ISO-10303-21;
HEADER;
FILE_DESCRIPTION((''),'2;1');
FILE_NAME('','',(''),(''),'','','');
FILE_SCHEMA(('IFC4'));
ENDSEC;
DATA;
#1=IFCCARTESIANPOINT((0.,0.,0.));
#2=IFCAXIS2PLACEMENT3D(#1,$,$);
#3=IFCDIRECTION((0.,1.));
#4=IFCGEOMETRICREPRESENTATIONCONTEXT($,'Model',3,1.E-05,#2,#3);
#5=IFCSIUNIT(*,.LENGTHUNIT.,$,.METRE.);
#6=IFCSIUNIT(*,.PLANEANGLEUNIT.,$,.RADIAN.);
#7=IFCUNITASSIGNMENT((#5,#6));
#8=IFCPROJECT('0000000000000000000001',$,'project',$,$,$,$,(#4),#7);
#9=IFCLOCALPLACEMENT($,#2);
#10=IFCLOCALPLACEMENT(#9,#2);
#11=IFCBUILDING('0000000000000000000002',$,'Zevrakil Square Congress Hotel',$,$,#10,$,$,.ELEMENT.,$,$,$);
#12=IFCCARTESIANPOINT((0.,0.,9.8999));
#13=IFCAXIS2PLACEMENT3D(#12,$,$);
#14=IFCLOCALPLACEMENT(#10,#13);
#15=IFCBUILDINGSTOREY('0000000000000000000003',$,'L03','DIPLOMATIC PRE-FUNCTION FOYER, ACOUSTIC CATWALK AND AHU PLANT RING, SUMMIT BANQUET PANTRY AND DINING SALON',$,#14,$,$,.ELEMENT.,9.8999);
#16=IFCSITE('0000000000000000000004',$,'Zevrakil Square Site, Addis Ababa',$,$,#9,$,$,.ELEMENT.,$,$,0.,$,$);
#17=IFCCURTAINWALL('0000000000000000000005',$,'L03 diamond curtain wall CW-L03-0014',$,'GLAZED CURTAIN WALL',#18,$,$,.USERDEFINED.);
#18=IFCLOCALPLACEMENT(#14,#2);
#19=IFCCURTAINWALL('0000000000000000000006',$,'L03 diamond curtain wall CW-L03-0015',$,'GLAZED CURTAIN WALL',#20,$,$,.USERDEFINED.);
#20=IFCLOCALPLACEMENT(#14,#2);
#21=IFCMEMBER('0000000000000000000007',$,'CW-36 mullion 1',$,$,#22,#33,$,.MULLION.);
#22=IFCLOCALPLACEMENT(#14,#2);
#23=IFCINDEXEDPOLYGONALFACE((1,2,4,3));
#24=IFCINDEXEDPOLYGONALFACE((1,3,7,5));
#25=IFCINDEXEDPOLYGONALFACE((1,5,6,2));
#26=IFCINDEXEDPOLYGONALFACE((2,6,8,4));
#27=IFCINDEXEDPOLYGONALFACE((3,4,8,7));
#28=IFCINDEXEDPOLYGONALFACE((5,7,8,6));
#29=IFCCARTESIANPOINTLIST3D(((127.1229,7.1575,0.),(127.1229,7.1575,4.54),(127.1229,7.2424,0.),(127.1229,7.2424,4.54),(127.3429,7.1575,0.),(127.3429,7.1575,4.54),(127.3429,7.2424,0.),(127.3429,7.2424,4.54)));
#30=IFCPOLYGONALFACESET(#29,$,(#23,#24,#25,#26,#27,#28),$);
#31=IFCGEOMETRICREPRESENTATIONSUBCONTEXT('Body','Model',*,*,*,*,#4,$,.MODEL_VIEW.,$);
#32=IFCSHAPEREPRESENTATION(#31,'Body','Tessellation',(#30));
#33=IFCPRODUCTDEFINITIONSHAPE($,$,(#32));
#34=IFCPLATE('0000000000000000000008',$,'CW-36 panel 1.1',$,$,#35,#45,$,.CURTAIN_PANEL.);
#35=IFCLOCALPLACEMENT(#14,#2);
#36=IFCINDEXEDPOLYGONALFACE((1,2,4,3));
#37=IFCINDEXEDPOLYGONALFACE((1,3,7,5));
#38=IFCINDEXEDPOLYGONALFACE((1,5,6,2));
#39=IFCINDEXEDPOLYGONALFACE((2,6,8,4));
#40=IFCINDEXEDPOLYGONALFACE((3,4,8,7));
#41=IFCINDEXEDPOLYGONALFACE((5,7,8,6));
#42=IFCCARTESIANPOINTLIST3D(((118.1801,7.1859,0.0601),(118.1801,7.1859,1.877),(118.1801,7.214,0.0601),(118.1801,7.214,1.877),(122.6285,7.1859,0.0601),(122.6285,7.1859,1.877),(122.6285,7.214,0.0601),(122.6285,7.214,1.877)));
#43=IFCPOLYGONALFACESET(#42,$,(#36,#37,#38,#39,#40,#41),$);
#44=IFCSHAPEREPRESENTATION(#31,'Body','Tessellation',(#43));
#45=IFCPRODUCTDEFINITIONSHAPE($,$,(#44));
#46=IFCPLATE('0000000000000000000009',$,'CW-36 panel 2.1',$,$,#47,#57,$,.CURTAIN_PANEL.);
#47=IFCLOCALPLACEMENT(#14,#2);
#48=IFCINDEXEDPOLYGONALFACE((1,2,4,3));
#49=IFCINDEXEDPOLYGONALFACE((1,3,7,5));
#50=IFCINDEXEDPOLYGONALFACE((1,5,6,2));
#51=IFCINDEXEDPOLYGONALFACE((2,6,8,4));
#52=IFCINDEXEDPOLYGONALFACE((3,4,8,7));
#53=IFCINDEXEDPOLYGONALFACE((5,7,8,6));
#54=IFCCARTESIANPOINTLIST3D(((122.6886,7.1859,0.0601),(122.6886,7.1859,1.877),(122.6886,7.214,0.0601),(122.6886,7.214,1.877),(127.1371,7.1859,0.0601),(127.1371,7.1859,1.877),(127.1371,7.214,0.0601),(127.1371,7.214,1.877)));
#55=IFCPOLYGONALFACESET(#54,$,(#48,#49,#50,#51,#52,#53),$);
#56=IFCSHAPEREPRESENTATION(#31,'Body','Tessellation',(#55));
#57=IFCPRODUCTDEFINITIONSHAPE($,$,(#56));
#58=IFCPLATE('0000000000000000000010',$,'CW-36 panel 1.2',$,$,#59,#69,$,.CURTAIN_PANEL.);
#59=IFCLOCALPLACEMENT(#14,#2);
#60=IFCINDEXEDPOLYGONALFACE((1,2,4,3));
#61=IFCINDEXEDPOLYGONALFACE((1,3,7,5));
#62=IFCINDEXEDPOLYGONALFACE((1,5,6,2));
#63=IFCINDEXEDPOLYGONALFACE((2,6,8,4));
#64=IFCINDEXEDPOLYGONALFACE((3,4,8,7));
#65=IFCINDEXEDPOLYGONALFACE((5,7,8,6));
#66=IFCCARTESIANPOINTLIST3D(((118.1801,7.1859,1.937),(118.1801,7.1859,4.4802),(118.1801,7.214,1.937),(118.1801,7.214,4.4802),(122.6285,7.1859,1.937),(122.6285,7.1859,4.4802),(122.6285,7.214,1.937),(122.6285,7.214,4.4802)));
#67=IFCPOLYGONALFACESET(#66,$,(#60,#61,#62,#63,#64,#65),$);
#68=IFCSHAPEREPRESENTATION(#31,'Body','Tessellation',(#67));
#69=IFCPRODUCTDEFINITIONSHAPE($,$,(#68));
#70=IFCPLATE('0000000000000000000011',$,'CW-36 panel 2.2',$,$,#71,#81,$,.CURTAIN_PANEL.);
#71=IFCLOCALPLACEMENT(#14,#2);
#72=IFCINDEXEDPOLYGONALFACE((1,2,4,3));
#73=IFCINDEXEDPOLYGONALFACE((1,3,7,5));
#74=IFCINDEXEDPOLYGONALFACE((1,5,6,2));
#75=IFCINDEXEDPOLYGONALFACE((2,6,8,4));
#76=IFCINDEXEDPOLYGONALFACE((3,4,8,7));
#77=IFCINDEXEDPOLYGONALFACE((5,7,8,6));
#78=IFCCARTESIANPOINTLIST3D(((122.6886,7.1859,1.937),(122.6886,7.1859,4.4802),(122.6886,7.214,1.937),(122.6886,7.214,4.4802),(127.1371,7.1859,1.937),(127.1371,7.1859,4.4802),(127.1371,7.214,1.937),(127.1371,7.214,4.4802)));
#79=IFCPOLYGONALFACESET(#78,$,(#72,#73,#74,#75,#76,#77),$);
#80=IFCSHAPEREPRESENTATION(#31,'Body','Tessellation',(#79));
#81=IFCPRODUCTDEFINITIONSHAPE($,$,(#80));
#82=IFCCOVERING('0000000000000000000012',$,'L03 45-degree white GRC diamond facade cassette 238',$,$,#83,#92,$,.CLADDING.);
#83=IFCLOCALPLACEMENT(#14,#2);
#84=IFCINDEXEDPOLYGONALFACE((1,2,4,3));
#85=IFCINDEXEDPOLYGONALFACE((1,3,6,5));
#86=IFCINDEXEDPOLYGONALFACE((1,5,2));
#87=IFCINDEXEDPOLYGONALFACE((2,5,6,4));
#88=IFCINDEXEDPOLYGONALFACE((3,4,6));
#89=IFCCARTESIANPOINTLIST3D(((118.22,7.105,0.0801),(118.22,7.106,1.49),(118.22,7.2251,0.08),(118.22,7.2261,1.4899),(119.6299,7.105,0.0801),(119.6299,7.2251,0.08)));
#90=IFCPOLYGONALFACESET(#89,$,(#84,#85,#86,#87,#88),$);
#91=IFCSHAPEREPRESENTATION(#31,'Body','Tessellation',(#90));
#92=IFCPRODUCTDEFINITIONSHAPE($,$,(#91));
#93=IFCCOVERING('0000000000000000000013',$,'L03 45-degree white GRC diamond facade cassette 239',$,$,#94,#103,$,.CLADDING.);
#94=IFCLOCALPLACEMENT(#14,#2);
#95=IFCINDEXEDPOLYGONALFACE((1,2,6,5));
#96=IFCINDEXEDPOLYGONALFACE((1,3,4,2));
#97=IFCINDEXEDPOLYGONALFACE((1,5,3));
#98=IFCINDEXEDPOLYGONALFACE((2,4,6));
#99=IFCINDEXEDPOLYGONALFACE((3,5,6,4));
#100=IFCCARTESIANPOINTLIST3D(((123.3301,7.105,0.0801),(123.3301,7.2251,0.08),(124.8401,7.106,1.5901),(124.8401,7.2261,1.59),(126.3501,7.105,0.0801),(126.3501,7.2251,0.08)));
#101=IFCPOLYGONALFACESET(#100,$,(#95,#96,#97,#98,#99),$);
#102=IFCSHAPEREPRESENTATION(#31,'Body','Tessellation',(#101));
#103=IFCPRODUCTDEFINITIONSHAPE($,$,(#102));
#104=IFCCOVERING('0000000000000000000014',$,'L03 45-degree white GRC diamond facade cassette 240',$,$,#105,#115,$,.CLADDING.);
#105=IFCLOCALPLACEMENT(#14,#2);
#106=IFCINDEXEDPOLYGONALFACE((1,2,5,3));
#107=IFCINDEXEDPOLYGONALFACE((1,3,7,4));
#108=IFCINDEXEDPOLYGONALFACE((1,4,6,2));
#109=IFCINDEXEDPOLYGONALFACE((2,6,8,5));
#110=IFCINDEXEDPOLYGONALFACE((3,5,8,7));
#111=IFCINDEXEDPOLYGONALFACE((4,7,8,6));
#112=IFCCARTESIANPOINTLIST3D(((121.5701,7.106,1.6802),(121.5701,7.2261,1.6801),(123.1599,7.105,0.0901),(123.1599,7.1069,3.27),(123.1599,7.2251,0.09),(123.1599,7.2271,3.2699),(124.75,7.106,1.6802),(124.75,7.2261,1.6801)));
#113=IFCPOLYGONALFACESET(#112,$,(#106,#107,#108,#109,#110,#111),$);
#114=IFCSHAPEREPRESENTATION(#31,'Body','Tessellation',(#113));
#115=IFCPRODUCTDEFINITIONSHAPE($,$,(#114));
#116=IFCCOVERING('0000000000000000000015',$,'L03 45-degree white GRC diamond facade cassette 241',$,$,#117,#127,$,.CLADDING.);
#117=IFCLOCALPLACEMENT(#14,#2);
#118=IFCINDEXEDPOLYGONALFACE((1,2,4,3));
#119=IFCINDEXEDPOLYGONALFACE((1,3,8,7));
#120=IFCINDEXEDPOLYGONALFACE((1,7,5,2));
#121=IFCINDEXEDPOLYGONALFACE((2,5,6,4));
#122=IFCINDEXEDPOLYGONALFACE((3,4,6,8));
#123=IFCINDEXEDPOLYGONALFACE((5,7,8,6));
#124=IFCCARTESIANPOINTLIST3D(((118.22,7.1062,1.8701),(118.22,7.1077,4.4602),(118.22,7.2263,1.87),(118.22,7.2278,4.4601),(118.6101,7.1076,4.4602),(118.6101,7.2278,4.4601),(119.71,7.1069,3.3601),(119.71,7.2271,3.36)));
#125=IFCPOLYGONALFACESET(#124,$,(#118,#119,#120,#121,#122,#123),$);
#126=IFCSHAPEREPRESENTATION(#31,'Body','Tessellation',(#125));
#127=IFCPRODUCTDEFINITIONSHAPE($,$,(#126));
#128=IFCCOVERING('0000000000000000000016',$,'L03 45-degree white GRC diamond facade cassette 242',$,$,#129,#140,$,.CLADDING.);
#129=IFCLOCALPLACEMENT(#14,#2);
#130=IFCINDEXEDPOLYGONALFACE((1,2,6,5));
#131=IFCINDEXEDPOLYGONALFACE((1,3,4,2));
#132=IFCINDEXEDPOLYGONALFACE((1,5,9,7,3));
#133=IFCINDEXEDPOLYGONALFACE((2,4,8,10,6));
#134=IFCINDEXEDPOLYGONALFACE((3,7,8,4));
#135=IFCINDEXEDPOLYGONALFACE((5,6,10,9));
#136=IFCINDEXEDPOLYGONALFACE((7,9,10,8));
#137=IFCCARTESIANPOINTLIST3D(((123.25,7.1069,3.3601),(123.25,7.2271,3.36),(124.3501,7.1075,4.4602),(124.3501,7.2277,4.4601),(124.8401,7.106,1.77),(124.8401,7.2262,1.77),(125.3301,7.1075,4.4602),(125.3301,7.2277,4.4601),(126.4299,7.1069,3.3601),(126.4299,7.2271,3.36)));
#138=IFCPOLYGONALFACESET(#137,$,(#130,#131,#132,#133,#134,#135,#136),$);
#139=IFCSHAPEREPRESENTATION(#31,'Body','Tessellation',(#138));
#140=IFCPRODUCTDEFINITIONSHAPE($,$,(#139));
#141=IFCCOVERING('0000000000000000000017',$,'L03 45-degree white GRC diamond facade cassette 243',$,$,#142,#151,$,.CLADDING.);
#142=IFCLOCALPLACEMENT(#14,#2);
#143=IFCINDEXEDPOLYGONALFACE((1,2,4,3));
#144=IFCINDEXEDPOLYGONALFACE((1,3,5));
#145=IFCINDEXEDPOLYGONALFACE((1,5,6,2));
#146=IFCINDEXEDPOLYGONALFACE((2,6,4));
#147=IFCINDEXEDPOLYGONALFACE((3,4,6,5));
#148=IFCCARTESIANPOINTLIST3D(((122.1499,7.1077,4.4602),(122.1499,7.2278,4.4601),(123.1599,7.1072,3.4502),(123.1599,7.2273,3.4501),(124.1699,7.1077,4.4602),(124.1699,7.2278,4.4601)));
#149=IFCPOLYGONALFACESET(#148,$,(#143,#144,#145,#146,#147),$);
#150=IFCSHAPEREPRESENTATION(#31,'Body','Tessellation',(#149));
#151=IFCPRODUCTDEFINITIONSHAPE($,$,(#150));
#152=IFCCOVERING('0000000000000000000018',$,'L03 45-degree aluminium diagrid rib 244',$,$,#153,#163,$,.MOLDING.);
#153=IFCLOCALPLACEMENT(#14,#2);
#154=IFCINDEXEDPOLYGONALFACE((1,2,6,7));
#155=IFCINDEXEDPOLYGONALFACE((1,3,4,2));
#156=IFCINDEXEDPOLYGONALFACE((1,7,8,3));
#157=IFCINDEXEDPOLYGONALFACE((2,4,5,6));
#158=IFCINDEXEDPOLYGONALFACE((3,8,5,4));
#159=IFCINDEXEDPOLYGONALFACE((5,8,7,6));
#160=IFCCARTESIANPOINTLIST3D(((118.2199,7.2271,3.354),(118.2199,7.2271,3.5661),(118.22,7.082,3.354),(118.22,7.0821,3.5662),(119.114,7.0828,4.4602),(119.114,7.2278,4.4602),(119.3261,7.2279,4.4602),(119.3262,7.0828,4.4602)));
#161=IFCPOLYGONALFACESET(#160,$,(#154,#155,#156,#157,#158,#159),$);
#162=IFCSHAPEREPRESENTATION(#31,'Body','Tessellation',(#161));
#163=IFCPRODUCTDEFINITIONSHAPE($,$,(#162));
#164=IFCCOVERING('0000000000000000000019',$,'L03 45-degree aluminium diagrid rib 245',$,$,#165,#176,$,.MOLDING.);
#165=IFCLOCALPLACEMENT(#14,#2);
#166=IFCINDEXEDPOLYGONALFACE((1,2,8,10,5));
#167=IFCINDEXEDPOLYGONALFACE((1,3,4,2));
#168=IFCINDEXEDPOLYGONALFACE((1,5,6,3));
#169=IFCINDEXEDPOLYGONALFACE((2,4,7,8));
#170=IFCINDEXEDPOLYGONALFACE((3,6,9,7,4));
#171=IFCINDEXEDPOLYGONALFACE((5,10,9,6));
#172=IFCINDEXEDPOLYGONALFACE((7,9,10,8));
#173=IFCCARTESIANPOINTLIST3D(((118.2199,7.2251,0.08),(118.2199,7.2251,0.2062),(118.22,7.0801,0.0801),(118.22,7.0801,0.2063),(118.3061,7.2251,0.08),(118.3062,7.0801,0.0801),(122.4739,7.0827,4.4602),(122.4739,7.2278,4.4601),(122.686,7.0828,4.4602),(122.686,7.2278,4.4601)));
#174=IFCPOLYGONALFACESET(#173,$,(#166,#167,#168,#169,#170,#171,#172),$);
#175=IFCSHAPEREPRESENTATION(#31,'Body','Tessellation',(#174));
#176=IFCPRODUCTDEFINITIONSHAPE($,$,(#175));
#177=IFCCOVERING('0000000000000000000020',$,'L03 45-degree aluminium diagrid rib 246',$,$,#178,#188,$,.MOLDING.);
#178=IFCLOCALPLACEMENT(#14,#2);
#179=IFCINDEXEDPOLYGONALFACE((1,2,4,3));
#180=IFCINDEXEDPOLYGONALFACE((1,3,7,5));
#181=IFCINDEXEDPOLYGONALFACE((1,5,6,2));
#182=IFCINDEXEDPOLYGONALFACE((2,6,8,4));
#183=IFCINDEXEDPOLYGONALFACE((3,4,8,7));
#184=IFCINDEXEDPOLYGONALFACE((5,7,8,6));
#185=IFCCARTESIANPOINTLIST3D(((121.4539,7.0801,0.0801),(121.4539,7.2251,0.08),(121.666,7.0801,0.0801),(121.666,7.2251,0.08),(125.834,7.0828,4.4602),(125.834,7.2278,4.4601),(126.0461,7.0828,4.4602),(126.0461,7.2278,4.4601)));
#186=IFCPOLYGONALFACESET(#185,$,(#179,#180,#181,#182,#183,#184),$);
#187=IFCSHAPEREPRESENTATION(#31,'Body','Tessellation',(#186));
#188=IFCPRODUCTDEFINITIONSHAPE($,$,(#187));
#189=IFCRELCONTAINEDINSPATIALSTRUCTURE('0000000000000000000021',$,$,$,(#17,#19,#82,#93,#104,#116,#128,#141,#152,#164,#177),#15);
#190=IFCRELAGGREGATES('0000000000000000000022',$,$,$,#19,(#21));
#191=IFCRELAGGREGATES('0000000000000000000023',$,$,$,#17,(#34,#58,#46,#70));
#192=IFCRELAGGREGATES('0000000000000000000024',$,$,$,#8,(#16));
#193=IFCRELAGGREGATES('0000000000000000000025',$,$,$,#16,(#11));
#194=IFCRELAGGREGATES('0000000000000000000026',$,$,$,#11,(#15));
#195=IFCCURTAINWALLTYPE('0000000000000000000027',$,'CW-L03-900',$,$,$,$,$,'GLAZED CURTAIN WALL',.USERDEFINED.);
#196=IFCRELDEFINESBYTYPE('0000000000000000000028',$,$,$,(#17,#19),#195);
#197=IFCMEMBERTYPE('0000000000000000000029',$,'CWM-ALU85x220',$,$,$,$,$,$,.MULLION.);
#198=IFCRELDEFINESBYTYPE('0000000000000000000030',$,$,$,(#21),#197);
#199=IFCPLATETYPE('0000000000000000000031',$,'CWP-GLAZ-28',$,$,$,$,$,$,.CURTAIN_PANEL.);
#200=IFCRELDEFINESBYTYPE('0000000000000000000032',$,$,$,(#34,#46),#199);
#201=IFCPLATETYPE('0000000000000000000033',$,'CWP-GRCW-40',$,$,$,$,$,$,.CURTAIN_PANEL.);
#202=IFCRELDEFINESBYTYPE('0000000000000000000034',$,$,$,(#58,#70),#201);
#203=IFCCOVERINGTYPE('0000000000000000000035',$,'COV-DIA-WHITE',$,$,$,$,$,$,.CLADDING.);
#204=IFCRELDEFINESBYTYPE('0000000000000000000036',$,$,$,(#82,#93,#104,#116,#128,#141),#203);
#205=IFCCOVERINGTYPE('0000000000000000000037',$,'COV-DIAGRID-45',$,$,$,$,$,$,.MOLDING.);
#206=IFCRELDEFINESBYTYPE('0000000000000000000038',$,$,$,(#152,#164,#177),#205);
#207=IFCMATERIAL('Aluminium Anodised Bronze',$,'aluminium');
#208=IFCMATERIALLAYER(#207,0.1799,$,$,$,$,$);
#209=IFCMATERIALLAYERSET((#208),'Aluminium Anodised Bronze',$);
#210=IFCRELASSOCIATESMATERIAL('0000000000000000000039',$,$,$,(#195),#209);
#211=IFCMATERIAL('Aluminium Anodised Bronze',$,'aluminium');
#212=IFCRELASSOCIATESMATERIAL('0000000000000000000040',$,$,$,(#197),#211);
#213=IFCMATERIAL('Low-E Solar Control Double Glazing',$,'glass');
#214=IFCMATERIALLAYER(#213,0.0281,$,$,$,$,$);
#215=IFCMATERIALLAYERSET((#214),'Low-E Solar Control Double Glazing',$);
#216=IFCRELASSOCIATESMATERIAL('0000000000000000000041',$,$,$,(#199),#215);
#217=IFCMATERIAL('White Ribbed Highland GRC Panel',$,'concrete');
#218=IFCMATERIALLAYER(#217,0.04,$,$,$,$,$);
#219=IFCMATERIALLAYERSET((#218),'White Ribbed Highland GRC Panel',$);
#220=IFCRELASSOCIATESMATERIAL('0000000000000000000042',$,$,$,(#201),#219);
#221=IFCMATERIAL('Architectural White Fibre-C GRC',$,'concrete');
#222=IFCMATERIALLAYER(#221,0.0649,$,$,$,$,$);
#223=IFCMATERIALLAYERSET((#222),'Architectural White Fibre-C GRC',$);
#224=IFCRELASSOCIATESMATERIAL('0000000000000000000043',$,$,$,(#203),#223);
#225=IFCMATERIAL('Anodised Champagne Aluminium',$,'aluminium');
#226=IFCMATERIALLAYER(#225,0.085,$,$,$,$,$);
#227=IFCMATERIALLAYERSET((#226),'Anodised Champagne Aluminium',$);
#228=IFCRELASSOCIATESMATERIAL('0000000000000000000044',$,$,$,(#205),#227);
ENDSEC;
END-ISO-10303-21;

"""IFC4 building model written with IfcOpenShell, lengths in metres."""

from ifc_helpers import new_model, si_unit, direction, frame, origin, origin_2d, place, context, subcontext, project, spatial, polyline, rectangle, outline, extrude, material, layer, layer_set, material_profile, profile_set, type_object, element, aggregate, save


model = new_model("IFC4")

# Units and contexts
model_context = context("Model", 3, precision=1e-05, world=origin(), true_north=direction((0.0, 1.0)))
body_context = subcontext(model_context, "Body", "Model", "MODEL_VIEW")
ifc_project = project(units=[si_unit("LENGTHUNIT", "METRE"), si_unit("PLANEANGLEUNIT", "RADIAN")], contexts=[model_context])

# Site, building, storey
site_placement = place(None, origin())
site = spatial("IfcSite", under=ifc_project, at=site_placement, Name="Zevrakil Square Site, Addis Ababa", CompositionType="ELEMENT", RefElevation=0.0)
building_placement = place(site_placement, origin())
building = spatial("IfcBuilding", under=site, at=building_placement, Name="Zevrakil Square Congress Hotel", CompositionType="ELEMENT")
storey_placement = place(building_placement, frame((0.0, 0.0, 9.8999)))
storey = spatial("IfcBuildingStorey", under=building, at=storey_placement, Name="L03", Description="DIPLOMATIC PRE-FUNCTION FOYER, ACOUSTIC CATWALK AND AHU PLANT RING, SUMMIT BANQUET PANTRY AND DINING SALON", CompositionType="ELEMENT", Elevation=9.8999)

# Curtain walls
ifc_material_1 = material(Name="Aluminium Anodised Bronze", Category="aluminium")
ifc_layer_1 = layer(ifc_material_1, 0.1799)
ifc_layer_set_1 = layer_set([ifc_layer_1], Name="Aluminium Anodised Bronze")
curtain_wall_type = type_object("IfcCurtainWallType", Name="CW-L03-900", ElementType="GLAZED CURTAIN WALL", PredefinedType="USERDEFINED", material=ifc_layer_set_1)
curtain_wall_1_placement = place(storey_placement, origin())
curtain_wall_1 = element("IfcCurtainWall", 1, at=curtain_wall_1_placement, inside=storey, type_object=curtain_wall_type, Name="L03 diamond curtain wall CW-L03-0014", ObjectType="GLAZED CURTAIN WALL", PredefinedType="USERDEFINED")
curtain_wall_2_placement = place(storey_placement, origin())
curtain_wall_2 = element("IfcCurtainWall", 2, at=curtain_wall_2_placement, inside=storey, type_object=curtain_wall_type, Name="L03 diamond curtain wall CW-L03-0015", ObjectType="GLAZED CURTAIN WALL", PredefinedType="USERDEFINED")

# Member
ifc_material_2 = material(Name="Aluminium Anodised Bronze", Category="aluminium")
ifc_material_profile_1 = material_profile(ifc_material_2, rectangle(XDim=0.085, YDim=0.22, at=origin_2d()), Name="ALU 85x220")
ifc_profile_set_1 = profile_set([ifc_material_profile_1], Name="Aluminium Anodised Bronze")
member_type_1 = type_object("IfcMemberType", Name="CWM-ALU85x220", PredefinedType="MULLION", material=ifc_profile_set_1)
member_1_placement = place(storey_placement, frame((127.2329, 7.2, 0.0), z_axis=(0.0, 0.0, 1.0), x_axis=(0.0, 1.0, 0.0)))
member_1 = element("IfcMember", 3, at=member_1_placement, type_object=member_type_1, Name="CW-36 mullion 1", PredefinedType="MULLION", context=body_context, shape_type="SweptSolid", body=[
    extrude(rectangle(XDim=0.085, YDim=0.22, at=origin_2d()), origin(), (0.0, 0.0, 1.0), 4.54),
])
aggregate(curtain_wall_2, [member_1])

# Plates
ifc_material_3 = material(Name="Low-E Solar Control Double Glazing", Category="glass")
ifc_layer_2 = layer(ifc_material_3, 0.0281)
ifc_layer_set_2 = layer_set([ifc_layer_2], Name="Low-E Solar Control Double Glazing")
plate_type_1 = type_object("IfcPlateType", Name="CWP-GLAZ-28", PredefinedType="CURTAIN_PANEL", material=ifc_layer_set_2)
plate_1_placement = place(storey_placement, frame((120.4043, 7.2, 0.0601), z_axis=(0.0, 0.0, 1.0), x_axis=(1.0, 0.0, 0.0)))
plate_1 = element("IfcPlate", 4, at=plate_1_placement, type_object=plate_type_1, Name="CW-36 panel 1.1", PredefinedType="CURTAIN_PANEL", context=body_context, shape_type="SweptSolid", body=[
    extrude(rectangle(XDim=4.4485, YDim=0.0281, at=origin_2d()), origin(), (0.0, 0.0, 1.0), 1.8169),
])
plate_2_placement = place(storey_placement, frame((124.9128, 7.2, 0.0601), z_axis=(0.0, 0.0, 1.0), x_axis=(1.0, 0.0, 0.0)))
plate_2 = element("IfcPlate", 5, at=plate_2_placement, type_object=plate_type_1, Name="CW-36 panel 2.1", PredefinedType="CURTAIN_PANEL", context=body_context, shape_type="SweptSolid", body=[
    extrude(rectangle(XDim=4.4485, YDim=0.0281, at=origin_2d()), origin(), (0.0, 0.0, 1.0), 1.8169),
])
ifc_material_4 = material(Name="White Ribbed Highland GRC Panel", Category="concrete")
ifc_layer_3 = layer(ifc_material_4, 0.04)
ifc_layer_set_3 = layer_set([ifc_layer_3], Name="White Ribbed Highland GRC Panel")
plate_type_2 = type_object("IfcPlateType", Name="CWP-GRCW-40", PredefinedType="CURTAIN_PANEL", material=ifc_layer_set_3)
plate_3_placement = place(storey_placement, frame((120.4043, 7.2, 1.937), z_axis=(0.0, 0.0, 1.0), x_axis=(1.0, 0.0, 0.0)))
plate_3 = element("IfcPlate", 6, at=plate_3_placement, type_object=plate_type_2, Name="CW-36 panel 1.2", PredefinedType="CURTAIN_PANEL", context=body_context, shape_type="SweptSolid", body=[
    extrude(rectangle(XDim=4.4485, YDim=0.0281, at=origin_2d()), origin(), (0.0, 0.0, 1.0), 2.5432),
])
plate_4_placement = place(storey_placement, frame((124.9128, 7.2, 1.937), z_axis=(0.0, 0.0, 1.0), x_axis=(1.0, 0.0, 0.0)))
plate_4 = element("IfcPlate", 7, at=plate_4_placement, type_object=plate_type_2, Name="CW-36 panel 2.2", PredefinedType="CURTAIN_PANEL", context=body_context, shape_type="SweptSolid", body=[
    extrude(rectangle(XDim=4.4485, YDim=0.0281, at=origin_2d()), origin(), (0.0, 0.0, 1.0), 2.5432),
])
aggregate(curtain_wall_1, [plate_1, plate_3, plate_2, plate_4])

# Coverings
ifc_material_5 = material(Name="Architectural White Fibre-C GRC", Category="concrete")
ifc_layer_4 = layer(ifc_material_5, 0.0649)
ifc_layer_set_4 = layer_set([ifc_layer_4], Name="Architectural White Fibre-C GRC")
covering_type_1 = type_object("IfcCoveringType", Name="COV-DIA-WHITE", PredefinedType="CLADDING", material=ifc_layer_set_4)
covering_1_placement = place(storey_placement, frame((119.6299, 7.105, 0.0801), z_axis=(0.0, -1.0, 0.000693), x_axis=(-1.0, 0.0, 0.0)))
element("IfcCovering", 8, at=covering_1_placement, inside=storey, type_object=covering_type_1, Name="L03 45-degree white GRC diamond facade cassette 238", PredefinedType="CLADDING", context=body_context, shape_type="SweptSolid", body=[
    extrude(outline(polyline([(0.0, 0.0), (1.4099, 0.0), (1.4099, -1.4099), (0.0, 0.0)])), origin(), (0.0, 0.0, -1.0), 0.1201),
])
covering_2_placement = place(storey_placement, frame((124.8401, 7.106, 1.5901), z_axis=(0.0, -1.0, 0.000647), x_axis=(0.707107, -0.000457, -0.707107)))
element("IfcCovering", 9, at=covering_2_placement, inside=storey, type_object=covering_type_1, Name="L03 45-degree white GRC diamond facade cassette 239", PredefinedType="CLADDING", context=body_context, shape_type="SweptSolid", body=[
    extrude(outline(polyline([(0.0, 0.0), (2.1355, 0.0), (0.0, -2.1355), (0.0, 0.0)])), origin(), (0.0, 0.0, -1.0), 0.1201),
])
covering_3_placement = place(storey_placement, frame((123.1599, 7.1069, 3.27), z_axis=(0.0, -1.0, 0.000614), x_axis=(0.707161, -0.000434, -0.707052)))
element("IfcCovering", 10, at=covering_3_placement, inside=storey, type_object=covering_type_1, Name="L03 45-degree white GRC diamond facade cassette 240", PredefinedType="CLADDING", context=body_context, shape_type="SweptSolid", body=[
    extrude(outline(polyline([(0.0, 0.0), (2.2486, 0.0), (2.2484, -2.2487), (-0.0002, -2.2484), (0.0, 0.0)])), origin(), (0.0, 0.0, -1.0), 0.1201),
])
covering_4_placement = place(storey_placement, frame((119.71, 7.1069, 3.3601), z_axis=(-0.000067, -1.0, 0.000576), x_axis=(-0.707107, -0.00036, -0.707107)))
element("IfcCovering", 11, at=covering_4_placement, inside=storey, type_object=covering_type_1, Name="L03 45-degree white GRC diamond facade cassette 241", PredefinedType="CLADDING", context=body_context, shape_type="SweptSolid", body=[
    extrude(outline(polyline([(0.0, 0.0), (2.1072, 0.0), (0.2757, -1.8315), (-0.0002, -1.5556), (0.0, 0.0)])), origin(), (0.0, 0.0, -1.0), 0.1201),
])
covering_5_placement = place(storey_placement, frame((126.4299, 7.1069, 3.3601), z_axis=(0.0, -1.0, 0.000558), x_axis=(-0.707052, -0.000395, -0.707161)))
element("IfcCovering", 12, at=covering_5_placement, inside=storey, type_object=covering_type_1, Name="L03 45-degree white GRC diamond facade cassette 242", PredefinedType="CLADDING", context=body_context, shape_type="SweptSolid", body=[
    extrude(outline(polyline([(0.0, 0.0), (2.2486, 0.0), (2.2484, -2.2487), (0.6926, -2.2486), (-0.0003, -1.5556), (0.0, 0.0)])), origin(), (0.0, 0.0, -1.0), 0.1201),
])
covering_6_placement = place(storey_placement, frame((123.1599, 7.1072, 3.4502), z_axis=(0.0, -1.0, 0.000483), x_axis=(-0.707107, 0.000342, 0.707107)))
element("IfcCovering", 13, at=covering_6_placement, inside=storey, type_object=covering_type_1, Name="L03 45-degree white GRC diamond facade cassette 243", PredefinedType="CLADDING", context=body_context, shape_type="SweptSolid", body=[
    extrude(outline(polyline([(0.0, 0.0), (1.4284, 0.0), (0.0, -1.4284), (0.0, 0.0)])), origin(), (0.0, 0.0, -1.0), 0.1201),
])
ifc_material_6 = material(Name="Anodised Champagne Aluminium", Category="aluminium")
ifc_layer_5 = layer(ifc_material_6, 0.085)
ifc_layer_set_5 = layer_set([ifc_layer_5], Name="Anodised Champagne Aluminium")
covering_type_2 = type_object("IfcCoveringType", Name="COV-DIAGRID-45", PredefinedType="MOLDING", material=ifc_layer_set_5)
covering_7_placement = place(storey_placement, frame((118.22, 7.082, 3.354), z_axis=(0.000366, -1.0, 0.000366), x_axis=(0.0, 0.000366, 1.0)))
element("IfcCovering", 14, at=covering_7_placement, inside=storey, type_object=covering_type_2, Name="L03 45-degree aluminium diagrid rib 244", PredefinedType="MOLDING", context=body_context, shape_type="SweptSolid", body=[
    extrude(outline(polyline([(0.0, 0.0), (0.2122, 0.0), (1.1062, -0.894), (1.1062, -1.1062), (0.0, 0.0)])), origin(), (0.0, 0.0, -1.0), 0.145),
])
covering_8_placement = place(storey_placement, frame((118.3062, 7.0801, 0.0801), z_axis=(0.000184, -1.0, 0.000435), x_axis=(-1.0, -0.000184, 0.0)))
element("IfcCovering", 15, at=covering_8_placement, inside=storey, type_object=covering_type_2, Name="L03 45-degree aluminium diagrid rib 245", PredefinedType="MOLDING", context=body_context, shape_type="SweptSolid", body=[
    extrude(outline(polyline([(0.0, 0.0), (0.0862, 0.0), (0.0862, -0.1262), (-4.1677, -4.3801), (-4.3799, -4.3801), (0.0, 0.0)])), origin(), (0.0, 0.0, -1.0), 0.145),
])
covering_9_placement = place(storey_placement, frame((121.666, 7.0801, 0.0801), z_axis=(0.0, -1.0, 0.000613), x_axis=(-1.0, 0.0, 0.0)))
element("IfcCovering", 16, at=covering_9_placement, inside=storey, type_object=covering_type_2, Name="L03 45-degree aluminium diagrid rib 246", PredefinedType="MOLDING", context=body_context, shape_type="SweptSolid", body=[
    extrude(outline(polyline([(0.0, 0.0), (0.2122, 0.0), (-4.168, -4.3801), (-4.3801, -4.3801), (0.0, 0.0)])), origin(), (0.0, 0.0, -1.0), 0.145),
])

save(model, "model.ifc")
